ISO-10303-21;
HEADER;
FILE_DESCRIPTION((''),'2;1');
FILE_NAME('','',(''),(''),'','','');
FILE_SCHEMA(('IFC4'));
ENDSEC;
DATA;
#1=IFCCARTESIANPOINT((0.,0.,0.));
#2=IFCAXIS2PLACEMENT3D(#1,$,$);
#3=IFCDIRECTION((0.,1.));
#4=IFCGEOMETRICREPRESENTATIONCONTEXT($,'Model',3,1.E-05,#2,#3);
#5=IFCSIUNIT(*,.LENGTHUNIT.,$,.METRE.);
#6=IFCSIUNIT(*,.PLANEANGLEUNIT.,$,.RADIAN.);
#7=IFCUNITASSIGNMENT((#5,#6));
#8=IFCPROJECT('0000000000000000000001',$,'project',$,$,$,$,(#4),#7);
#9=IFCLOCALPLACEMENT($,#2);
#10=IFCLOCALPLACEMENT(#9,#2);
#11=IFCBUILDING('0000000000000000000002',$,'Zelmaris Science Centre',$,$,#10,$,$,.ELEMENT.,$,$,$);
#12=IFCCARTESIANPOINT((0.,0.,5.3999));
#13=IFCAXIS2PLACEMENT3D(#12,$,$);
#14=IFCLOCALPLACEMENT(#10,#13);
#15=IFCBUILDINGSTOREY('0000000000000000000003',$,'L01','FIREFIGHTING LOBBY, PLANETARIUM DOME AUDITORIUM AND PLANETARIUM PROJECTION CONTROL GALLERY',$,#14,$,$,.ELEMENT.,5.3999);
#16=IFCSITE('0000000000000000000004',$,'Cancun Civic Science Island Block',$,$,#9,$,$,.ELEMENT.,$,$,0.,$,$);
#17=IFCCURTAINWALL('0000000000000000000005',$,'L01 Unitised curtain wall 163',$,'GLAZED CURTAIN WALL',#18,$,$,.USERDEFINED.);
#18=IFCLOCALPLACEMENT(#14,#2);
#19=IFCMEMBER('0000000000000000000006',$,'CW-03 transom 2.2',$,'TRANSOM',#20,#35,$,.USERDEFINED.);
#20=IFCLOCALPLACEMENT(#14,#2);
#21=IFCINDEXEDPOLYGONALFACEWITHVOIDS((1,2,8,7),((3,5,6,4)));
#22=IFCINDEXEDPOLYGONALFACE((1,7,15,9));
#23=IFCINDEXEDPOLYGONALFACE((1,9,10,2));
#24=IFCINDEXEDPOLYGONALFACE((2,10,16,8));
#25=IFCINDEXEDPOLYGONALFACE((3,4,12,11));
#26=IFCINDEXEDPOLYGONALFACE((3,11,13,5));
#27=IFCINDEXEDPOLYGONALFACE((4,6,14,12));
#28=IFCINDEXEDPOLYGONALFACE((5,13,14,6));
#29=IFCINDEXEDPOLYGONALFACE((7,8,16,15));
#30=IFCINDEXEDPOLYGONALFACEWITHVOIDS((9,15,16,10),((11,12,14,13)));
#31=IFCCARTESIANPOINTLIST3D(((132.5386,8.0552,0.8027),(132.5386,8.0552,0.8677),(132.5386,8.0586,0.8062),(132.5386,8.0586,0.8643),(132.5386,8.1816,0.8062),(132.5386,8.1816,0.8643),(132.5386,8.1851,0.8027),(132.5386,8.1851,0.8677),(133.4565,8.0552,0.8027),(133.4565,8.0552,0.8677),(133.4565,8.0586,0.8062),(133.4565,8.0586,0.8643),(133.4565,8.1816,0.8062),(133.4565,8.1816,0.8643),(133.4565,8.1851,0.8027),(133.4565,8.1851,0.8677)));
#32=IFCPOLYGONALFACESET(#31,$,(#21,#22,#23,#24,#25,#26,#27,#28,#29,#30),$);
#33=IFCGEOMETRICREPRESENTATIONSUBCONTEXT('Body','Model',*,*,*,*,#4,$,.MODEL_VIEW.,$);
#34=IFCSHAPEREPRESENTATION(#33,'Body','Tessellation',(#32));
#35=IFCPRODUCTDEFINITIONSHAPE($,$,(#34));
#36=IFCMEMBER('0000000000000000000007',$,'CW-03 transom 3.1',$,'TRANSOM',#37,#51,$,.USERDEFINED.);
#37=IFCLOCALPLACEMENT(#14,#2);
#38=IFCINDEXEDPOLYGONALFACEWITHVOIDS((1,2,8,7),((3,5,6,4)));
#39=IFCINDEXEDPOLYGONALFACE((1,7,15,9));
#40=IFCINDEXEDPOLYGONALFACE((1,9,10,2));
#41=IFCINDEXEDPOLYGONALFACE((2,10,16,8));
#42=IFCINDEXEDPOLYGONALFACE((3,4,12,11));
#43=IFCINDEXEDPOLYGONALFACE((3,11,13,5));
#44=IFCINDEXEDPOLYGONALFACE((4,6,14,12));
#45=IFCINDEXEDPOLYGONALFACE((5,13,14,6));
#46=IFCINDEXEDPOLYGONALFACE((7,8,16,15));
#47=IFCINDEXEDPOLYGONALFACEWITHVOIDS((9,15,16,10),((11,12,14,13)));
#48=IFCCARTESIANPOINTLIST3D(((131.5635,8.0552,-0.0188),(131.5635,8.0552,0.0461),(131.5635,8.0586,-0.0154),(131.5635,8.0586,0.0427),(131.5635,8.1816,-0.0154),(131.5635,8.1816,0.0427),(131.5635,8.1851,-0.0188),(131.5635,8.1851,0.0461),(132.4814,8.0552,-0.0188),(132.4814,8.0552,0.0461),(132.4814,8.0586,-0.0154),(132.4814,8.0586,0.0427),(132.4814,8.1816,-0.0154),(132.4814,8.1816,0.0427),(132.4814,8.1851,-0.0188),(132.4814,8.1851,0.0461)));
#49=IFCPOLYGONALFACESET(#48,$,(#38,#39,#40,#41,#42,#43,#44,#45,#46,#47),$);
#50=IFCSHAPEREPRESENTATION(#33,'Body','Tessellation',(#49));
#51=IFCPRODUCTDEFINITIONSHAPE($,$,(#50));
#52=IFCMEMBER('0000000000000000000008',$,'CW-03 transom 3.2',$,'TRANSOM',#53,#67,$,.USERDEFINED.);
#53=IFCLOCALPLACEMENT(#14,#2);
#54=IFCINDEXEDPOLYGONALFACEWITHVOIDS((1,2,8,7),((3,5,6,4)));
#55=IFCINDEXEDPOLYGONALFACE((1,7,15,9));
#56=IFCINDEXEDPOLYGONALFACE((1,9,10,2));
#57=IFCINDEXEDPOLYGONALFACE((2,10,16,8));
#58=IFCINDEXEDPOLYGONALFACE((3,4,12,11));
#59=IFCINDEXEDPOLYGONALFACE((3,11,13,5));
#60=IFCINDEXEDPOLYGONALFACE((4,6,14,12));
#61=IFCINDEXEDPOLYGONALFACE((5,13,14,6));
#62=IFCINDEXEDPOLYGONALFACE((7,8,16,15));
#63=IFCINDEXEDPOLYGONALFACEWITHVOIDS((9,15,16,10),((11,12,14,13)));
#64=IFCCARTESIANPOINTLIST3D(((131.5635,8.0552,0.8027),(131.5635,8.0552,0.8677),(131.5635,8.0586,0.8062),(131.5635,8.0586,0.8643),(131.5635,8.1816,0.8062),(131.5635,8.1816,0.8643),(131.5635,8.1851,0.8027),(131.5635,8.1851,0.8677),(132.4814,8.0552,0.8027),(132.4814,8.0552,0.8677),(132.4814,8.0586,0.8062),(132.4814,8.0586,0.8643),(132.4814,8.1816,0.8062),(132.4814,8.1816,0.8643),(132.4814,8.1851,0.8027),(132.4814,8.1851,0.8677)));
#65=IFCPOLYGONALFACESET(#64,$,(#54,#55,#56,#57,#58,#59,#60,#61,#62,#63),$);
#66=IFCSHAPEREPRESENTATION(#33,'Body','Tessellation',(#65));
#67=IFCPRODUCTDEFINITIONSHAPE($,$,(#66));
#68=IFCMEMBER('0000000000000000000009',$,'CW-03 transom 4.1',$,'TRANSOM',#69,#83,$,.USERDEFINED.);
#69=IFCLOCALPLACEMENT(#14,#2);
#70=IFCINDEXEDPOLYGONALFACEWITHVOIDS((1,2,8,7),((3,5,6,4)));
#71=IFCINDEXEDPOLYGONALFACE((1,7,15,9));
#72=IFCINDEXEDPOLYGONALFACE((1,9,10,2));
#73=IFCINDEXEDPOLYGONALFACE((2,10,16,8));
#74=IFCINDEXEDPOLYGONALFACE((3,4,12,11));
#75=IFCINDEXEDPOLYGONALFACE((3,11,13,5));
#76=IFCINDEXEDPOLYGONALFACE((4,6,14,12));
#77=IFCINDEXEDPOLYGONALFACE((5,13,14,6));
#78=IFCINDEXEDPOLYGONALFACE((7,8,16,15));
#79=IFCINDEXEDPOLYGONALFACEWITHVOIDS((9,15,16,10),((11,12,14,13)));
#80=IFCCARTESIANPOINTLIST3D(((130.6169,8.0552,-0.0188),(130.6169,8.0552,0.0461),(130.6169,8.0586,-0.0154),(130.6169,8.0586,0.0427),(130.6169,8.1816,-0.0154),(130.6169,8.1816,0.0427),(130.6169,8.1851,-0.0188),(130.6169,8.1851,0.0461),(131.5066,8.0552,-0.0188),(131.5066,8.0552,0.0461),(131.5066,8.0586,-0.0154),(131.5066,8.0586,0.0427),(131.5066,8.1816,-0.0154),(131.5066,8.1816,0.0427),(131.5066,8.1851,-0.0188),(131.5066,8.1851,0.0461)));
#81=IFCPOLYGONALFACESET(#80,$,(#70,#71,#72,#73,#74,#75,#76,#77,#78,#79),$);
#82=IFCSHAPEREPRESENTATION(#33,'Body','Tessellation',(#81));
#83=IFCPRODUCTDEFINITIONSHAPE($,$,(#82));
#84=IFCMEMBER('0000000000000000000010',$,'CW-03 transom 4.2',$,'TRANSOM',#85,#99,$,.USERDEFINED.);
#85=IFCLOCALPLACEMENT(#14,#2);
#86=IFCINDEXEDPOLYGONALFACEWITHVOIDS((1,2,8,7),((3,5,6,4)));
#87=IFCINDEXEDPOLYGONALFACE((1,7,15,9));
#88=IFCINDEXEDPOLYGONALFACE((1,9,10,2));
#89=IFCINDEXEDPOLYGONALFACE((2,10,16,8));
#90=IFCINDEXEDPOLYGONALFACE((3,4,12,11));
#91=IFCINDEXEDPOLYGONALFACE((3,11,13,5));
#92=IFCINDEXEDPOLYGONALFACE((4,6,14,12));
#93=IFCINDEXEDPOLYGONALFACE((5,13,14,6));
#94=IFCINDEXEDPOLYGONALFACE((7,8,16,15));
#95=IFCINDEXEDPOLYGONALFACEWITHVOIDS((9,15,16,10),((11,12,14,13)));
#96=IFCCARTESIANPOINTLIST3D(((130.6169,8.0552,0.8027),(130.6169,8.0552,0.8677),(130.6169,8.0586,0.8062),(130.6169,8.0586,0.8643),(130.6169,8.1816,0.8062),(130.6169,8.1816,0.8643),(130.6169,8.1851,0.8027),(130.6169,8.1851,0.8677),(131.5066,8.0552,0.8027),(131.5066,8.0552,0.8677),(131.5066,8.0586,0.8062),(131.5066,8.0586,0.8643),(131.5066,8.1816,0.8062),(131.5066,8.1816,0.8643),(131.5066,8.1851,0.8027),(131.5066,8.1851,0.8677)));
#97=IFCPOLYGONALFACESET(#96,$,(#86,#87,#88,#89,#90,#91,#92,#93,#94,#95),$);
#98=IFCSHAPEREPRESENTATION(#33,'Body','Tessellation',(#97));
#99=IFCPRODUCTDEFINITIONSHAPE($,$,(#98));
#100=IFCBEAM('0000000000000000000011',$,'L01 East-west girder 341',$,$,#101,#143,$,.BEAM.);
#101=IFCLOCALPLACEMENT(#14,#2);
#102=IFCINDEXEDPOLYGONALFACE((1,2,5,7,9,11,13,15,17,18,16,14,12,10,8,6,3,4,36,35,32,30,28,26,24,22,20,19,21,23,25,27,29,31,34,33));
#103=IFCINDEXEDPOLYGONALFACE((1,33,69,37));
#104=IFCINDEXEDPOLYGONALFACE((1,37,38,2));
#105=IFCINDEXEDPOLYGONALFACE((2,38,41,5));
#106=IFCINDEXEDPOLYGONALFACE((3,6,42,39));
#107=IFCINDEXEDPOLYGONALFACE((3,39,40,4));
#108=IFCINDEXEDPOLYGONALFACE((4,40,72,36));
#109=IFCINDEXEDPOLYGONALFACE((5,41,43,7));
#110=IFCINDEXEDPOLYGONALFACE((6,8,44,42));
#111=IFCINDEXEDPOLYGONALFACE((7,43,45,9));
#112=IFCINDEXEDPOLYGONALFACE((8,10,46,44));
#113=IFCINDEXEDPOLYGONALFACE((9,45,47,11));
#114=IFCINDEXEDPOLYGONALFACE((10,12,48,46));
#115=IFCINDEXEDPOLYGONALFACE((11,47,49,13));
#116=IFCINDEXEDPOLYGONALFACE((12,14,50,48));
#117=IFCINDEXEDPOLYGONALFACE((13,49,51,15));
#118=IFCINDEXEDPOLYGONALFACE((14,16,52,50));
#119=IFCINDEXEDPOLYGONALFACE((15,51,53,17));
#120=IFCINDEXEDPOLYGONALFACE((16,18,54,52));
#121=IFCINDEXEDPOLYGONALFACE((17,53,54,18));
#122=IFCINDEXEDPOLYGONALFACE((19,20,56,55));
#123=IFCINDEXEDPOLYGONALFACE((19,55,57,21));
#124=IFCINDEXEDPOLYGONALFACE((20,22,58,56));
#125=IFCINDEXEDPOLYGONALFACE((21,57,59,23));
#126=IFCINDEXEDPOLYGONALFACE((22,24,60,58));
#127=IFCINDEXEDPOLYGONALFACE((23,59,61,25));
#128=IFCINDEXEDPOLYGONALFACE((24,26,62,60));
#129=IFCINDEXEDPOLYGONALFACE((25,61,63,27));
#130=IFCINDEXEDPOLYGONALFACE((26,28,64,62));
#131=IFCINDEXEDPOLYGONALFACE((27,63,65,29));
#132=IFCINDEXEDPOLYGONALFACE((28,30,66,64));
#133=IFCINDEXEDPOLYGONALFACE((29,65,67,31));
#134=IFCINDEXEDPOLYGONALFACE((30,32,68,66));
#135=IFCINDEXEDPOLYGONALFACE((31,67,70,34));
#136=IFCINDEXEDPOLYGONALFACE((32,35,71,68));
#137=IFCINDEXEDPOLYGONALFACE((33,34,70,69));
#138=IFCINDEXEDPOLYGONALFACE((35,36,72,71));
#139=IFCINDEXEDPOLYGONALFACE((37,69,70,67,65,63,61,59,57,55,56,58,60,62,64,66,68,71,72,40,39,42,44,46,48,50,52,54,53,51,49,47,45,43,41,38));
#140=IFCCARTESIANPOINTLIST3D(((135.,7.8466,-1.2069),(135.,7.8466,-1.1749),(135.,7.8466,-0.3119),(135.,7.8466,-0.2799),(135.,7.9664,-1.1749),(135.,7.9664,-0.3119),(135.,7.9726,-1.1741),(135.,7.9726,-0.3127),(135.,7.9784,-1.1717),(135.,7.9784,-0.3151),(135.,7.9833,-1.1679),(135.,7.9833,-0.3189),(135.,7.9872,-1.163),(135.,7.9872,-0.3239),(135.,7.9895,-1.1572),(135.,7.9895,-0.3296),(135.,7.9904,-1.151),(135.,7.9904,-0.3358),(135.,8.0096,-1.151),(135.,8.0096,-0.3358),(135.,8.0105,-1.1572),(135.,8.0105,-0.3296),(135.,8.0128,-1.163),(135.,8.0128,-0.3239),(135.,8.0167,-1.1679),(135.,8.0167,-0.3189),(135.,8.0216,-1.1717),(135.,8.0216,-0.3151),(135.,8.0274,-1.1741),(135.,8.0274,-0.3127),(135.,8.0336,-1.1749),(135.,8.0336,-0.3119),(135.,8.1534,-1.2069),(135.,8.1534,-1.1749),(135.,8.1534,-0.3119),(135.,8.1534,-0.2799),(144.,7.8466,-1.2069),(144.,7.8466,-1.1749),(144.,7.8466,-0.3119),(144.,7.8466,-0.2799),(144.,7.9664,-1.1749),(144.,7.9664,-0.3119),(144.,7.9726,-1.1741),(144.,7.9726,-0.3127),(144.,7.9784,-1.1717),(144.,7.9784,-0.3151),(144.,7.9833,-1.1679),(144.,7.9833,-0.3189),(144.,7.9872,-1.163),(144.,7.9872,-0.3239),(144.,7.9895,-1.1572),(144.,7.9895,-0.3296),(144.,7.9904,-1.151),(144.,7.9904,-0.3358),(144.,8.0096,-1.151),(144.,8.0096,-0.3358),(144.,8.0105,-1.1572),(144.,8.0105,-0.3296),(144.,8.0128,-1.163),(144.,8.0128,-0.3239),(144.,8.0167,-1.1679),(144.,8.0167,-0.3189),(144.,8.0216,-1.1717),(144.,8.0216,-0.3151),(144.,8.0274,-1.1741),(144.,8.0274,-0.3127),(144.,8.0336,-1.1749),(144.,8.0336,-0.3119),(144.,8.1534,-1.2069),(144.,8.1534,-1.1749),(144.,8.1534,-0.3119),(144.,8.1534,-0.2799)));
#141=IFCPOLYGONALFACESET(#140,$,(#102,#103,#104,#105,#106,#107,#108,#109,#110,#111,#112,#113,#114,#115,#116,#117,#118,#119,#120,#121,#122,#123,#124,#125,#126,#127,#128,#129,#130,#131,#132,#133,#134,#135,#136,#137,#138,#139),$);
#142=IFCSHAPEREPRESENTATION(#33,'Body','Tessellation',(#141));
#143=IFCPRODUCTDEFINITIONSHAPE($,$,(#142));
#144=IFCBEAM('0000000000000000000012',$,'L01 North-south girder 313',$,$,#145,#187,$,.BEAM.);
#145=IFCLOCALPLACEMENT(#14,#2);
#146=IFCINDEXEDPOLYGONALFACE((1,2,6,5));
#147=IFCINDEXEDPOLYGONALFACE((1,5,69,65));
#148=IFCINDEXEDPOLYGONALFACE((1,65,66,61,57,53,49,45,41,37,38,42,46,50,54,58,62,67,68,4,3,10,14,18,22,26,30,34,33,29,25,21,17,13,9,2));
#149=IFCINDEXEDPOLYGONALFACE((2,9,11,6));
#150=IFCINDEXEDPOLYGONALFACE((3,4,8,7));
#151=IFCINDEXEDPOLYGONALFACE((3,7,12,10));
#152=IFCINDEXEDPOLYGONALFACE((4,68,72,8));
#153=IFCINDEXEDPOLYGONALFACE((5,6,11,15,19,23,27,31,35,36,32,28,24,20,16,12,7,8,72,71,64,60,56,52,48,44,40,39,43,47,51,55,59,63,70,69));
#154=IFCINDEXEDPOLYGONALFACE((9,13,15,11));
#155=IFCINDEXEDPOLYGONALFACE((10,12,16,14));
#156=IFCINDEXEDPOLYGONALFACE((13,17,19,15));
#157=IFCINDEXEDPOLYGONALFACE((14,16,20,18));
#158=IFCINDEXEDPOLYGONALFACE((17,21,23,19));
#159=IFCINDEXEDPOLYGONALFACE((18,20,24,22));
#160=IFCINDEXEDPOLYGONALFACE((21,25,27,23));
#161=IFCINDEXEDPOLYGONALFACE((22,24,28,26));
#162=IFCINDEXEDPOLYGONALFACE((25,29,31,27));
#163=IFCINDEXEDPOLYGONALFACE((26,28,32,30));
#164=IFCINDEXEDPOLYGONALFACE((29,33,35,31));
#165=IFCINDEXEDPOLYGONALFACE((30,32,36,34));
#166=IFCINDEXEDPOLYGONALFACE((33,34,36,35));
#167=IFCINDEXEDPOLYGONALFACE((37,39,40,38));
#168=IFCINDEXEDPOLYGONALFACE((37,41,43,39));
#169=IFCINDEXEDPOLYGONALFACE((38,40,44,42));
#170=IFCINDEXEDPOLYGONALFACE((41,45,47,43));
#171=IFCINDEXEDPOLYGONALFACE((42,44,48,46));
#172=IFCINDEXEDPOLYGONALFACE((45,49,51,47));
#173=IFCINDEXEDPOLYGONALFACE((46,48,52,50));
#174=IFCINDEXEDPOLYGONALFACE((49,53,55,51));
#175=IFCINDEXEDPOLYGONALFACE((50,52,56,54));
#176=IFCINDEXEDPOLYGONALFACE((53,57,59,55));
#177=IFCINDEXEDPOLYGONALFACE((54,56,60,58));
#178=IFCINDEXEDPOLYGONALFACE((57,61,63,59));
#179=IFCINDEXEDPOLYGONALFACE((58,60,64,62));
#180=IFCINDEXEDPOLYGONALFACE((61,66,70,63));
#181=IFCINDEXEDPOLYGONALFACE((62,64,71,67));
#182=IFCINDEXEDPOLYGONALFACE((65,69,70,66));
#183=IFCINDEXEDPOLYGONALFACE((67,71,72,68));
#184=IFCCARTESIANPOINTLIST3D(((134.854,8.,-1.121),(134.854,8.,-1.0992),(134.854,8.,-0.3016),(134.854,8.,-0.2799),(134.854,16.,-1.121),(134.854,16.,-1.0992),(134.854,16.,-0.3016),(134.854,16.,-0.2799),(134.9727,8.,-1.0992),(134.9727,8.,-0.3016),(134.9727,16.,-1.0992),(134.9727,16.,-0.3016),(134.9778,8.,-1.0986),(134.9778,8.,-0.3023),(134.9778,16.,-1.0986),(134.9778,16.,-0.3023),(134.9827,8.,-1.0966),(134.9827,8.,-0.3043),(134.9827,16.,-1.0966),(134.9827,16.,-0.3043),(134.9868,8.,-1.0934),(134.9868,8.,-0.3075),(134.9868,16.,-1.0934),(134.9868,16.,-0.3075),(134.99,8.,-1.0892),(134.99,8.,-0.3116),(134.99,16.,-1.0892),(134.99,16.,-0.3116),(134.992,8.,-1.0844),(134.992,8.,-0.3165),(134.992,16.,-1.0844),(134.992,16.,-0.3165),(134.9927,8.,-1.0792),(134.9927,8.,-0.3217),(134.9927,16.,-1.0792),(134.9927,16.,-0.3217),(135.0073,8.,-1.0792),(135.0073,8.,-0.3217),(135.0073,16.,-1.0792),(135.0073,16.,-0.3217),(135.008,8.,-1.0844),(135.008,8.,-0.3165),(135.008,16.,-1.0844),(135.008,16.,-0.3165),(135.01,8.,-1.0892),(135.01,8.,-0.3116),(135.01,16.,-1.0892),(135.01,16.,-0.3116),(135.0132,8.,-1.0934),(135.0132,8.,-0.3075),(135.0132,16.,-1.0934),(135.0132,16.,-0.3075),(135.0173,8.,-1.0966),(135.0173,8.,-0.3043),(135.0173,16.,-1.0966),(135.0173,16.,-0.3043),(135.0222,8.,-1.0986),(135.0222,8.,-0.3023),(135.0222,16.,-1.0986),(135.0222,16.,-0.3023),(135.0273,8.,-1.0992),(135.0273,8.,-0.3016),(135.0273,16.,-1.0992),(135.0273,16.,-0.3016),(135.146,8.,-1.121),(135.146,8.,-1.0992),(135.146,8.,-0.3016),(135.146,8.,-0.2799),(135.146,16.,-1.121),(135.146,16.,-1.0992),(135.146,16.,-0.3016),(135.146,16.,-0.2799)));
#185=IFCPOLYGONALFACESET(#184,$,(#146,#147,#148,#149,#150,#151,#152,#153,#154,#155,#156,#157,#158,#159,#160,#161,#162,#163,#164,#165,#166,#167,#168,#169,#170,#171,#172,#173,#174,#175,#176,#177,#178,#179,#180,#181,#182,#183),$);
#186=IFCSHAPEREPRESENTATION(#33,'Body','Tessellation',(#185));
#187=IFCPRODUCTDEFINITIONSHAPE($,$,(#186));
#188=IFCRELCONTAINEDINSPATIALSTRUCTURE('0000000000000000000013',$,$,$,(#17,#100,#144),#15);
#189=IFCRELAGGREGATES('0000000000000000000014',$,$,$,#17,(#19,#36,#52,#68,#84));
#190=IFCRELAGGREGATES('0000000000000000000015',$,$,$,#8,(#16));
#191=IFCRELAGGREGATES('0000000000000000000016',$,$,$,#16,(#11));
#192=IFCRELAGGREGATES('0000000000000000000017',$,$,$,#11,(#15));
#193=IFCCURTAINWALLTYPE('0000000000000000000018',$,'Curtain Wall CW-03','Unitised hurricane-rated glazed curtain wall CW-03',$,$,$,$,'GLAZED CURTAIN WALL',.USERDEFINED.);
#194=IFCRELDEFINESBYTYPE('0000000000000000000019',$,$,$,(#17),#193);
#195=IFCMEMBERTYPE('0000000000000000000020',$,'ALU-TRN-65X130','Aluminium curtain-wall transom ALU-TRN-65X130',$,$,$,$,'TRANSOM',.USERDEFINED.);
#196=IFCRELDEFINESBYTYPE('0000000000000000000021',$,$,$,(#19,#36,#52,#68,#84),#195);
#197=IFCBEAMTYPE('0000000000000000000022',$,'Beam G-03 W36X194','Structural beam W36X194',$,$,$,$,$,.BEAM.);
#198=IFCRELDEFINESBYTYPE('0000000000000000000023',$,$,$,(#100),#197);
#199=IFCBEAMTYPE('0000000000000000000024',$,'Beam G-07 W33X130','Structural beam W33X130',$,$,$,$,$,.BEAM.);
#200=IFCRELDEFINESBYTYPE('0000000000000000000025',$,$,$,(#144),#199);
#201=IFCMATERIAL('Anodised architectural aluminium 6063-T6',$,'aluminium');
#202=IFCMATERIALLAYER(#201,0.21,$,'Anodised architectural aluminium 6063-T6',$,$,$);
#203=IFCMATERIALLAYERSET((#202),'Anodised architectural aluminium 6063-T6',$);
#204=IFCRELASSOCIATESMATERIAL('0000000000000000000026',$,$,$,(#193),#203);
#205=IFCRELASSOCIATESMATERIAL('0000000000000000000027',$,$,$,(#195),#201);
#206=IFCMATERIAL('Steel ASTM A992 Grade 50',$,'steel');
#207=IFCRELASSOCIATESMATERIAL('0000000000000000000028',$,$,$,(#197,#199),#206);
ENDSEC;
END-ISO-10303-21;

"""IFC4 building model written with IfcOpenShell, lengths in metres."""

from ifc_helpers import new_model, si_unit, direction, frame, origin, origin_2d, place, context, subcontext, project, spatial, hollow_rectangle, i_section, extrude, material, layer, layer_set, material_profile, profile_set, type_object, element, aggregate, save


model = new_model("IFC4")

# Units and contexts
model_context = context("Model", 3, precision=1e-05, world=origin(), true_north=direction((0.0, 1.0)))
body_context = subcontext(model_context, "Body", "Model", "MODEL_VIEW")
ifc_project = project(units=[si_unit("LENGTHUNIT", "METRE"), si_unit("PLANEANGLEUNIT", "RADIAN")], contexts=[model_context])

# Site, building, storey
site_placement = place(None, origin())
site = spatial("IfcSite", under=ifc_project, at=site_placement, Name="Cancun Civic Science Island Block", CompositionType="ELEMENT", RefElevation=0.0)
building_placement = place(site_placement, origin())
building = spatial("IfcBuilding", under=site, at=building_placement, Name="Zelmaris Science Centre", CompositionType="ELEMENT")
storey_placement = place(building_placement, frame((0.0, 0.0, 5.3999)))
storey = spatial("IfcBuildingStorey", under=building, at=storey_placement, Name="L01", Description="FIREFIGHTING LOBBY, PLANETARIUM DOME AUDITORIUM AND PLANETARIUM PROJECTION CONTROL GALLERY", CompositionType="ELEMENT", Elevation=5.3999)

# Curtain wall, members
ifc_material_1 = material(Name="Anodised architectural aluminium 6063-T6", Category="aluminium")
ifc_layer_1 = layer(ifc_material_1, 0.21, Name="Anodised architectural aluminium 6063-T6")
ifc_layer_set_1 = layer_set([ifc_layer_1], Name="Anodised architectural aluminium 6063-T6")
curtain_wall_type = type_object("IfcCurtainWallType", Name="Curtain Wall CW-03", Description="Unitised hurricane-rated glazed curtain wall CW-03", ElementType="GLAZED CURTAIN WALL", PredefinedType="USERDEFINED", material=ifc_layer_set_1)
curtain_wall_placement = place(storey_placement, origin())
curtain_wall = element("IfcCurtainWall", 1, at=curtain_wall_placement, inside=storey, type_object=curtain_wall_type, Name="L01 Unitised curtain wall 163", ObjectType="GLAZED CURTAIN WALL", PredefinedType="USERDEFINED")
ifc_material_profile_1 = material_profile(ifc_material_1, hollow_rectangle(XDim=0.0649, YDim=0.1299, WallThickness=0.0034, at=origin_2d()), Name="ALU-TRN-65X130")
ifc_profile_set_1 = profile_set([ifc_material_profile_1], Name="Anodised architectural aluminium 6063-T6")
member_type_1 = type_object("IfcMemberType", Name="ALU-TRN-65X130", Description="Aluminium curtain-wall transom ALU-TRN-65X130", ElementType="TRANSOM", PredefinedType="USERDEFINED", material=ifc_profile_set_1)
member_1_placement = place(storey_placement, frame((133.4565, 8.1201, 0.8352), z_axis=(-1.0, 0.0, 0.0), x_axis=(0.0, 0.0, 1.0)))
member_1 = element("IfcMember", 2, at=member_1_placement, type_object=member_type_1, Name="CW-03 transom 2.2", ObjectType="TRANSOM", PredefinedType="USERDEFINED", context=body_context, shape_type="SweptSolid", body=[
    extrude(hollow_rectangle(XDim=0.0649, YDim=0.1299, WallThickness=0.0034, at=origin_2d()), origin(), (0.0, 0.0, 1.0), 0.918),
])
member_2_placement = place(storey_placement, frame((132.4814, 8.1201, 0.0137), z_axis=(-1.0, 0.0, 0.0), x_axis=(0.0, 0.0, 1.0)))
member_2 = element("IfcMember", 3, at=member_2_placement, type_object=member_type_1, Name="CW-03 transom 3.1", ObjectType="TRANSOM", PredefinedType="USERDEFINED", context=body_context, shape_type="SweptSolid", body=[
    extrude(hollow_rectangle(XDim=0.0649, YDim=0.1299, WallThickness=0.0034, at=origin_2d()), origin(), (0.0, 0.0, 1.0), 0.918),
])
member_3_placement = place(storey_placement, frame((132.4814, 8.1201, 0.8352), z_axis=(-1.0, 0.0, 0.0), x_axis=(0.0, 0.0, 1.0)))
member_3 = element("IfcMember", 4, at=member_3_placement, type_object=member_type_1, Name="CW-03 transom 3.2", ObjectType="TRANSOM", PredefinedType="USERDEFINED", context=body_context, shape_type="SweptSolid", body=[
    extrude(hollow_rectangle(XDim=0.0649, YDim=0.1299, WallThickness=0.0034, at=origin_2d()), origin(), (0.0, 0.0, 1.0), 0.918),
])
member_4_placement = place(storey_placement, frame((131.5066, 8.1201, 0.0137), z_axis=(-1.0, 0.0, 0.0), x_axis=(0.0, 0.0, 1.0)))
member_4 = element("IfcMember", 5, at=member_4_placement, type_object=member_type_1, Name="CW-03 transom 4.1", ObjectType="TRANSOM", PredefinedType="USERDEFINED", context=body_context, shape_type="SweptSolid", body=[
    extrude(hollow_rectangle(XDim=0.0649, YDim=0.1299, WallThickness=0.0034, at=origin_2d()), origin(), (0.0, 0.0, 1.0), 0.8896),
])
member_5_placement = place(storey_placement, frame((131.5066, 8.1201, 0.8352), z_axis=(-1.0, 0.0, 0.0), x_axis=(0.0, 0.0, 1.0)))
member_5 = element("IfcMember", 6, at=member_5_placement, type_object=member_type_1, Name="CW-03 transom 4.2", ObjectType="TRANSOM", PredefinedType="USERDEFINED", context=body_context, shape_type="SweptSolid", body=[
    extrude(hollow_rectangle(XDim=0.0649, YDim=0.1299, WallThickness=0.0034, at=origin_2d()), origin(), (0.0, 0.0, 1.0), 0.8896),
])

# Beams
ifc_material_2 = material(Name="Steel ASTM A992 Grade 50", Category="steel")
ifc_material_profile_2 = material_profile(ifc_material_2, i_section(OverallWidth=0.3069, OverallDepth=0.927, WebThickness=0.0193, FlangeThickness=0.032, FilletRadius=0.0239, at=origin_2d()), Name="W36X194")
ifc_profile_set_2 = profile_set([ifc_material_profile_2], Name="Steel ASTM A992 Grade 50")
beam_type_1 = type_object("IfcBeamType", Name="Beam G-03 W36X194", Description="Structural beam W36X194", PredefinedType="BEAM", material=ifc_profile_set_2)
beam_1_placement = place(storey_placement, frame((135.0, 8.0, -0.7434), z_axis=(1.0, 0.0, 0.0), x_axis=(0.0, 1.0, 0.0)))
element("IfcBeam", 7, at=beam_1_placement, inside=storey, type_object=beam_type_1, Name="L01 East-west girder 341", PredefinedType="BEAM", context=body_context, shape_type="SweptSolid", body=[
    extrude(i_section(OverallWidth=0.3069, OverallDepth=0.927, WebThickness=0.0193, FlangeThickness=0.032, FilletRadius=0.0239, at=origin_2d()), origin(), (0.0, 0.0, 1.0), 9.0),
])
ifc_material_profile_3 = material_profile(ifc_material_2, i_section(OverallWidth=0.292, OverallDepth=0.8411, WebThickness=0.0146, FlangeThickness=0.0217, FilletRadius=0.02, at=origin_2d()), Name="W33X130")
ifc_profile_set_3 = profile_set([ifc_material_profile_3], Name="Steel ASTM A992 Grade 50")
beam_type_2 = type_object("IfcBeamType", Name="Beam G-07 W33X130", Description="Structural beam W33X130", PredefinedType="BEAM", material=ifc_profile_set_3)
beam_2_placement = place(storey_placement, frame((135.0, 8.0, -0.7004), z_axis=(0.0, 1.0, 0.0), x_axis=(-1.0, 0.0, 0.0)))
element("IfcBeam", 8, at=beam_2_placement, inside=storey, type_object=beam_type_2, Name="L01 North-south girder 313", PredefinedType="BEAM", context=body_context, shape_type="SweptSolid", body=[
    extrude(i_section(OverallWidth=0.292, OverallDepth=0.8411, WebThickness=0.0146, FlangeThickness=0.0217, FilletRadius=0.02, at=origin_2d()), origin(), (0.0, 0.0, 1.0), 8.0),
])

aggregate(curtain_wall, [member_1, member_2, member_3, member_4, member_5])

save(model, "model.ifc")
